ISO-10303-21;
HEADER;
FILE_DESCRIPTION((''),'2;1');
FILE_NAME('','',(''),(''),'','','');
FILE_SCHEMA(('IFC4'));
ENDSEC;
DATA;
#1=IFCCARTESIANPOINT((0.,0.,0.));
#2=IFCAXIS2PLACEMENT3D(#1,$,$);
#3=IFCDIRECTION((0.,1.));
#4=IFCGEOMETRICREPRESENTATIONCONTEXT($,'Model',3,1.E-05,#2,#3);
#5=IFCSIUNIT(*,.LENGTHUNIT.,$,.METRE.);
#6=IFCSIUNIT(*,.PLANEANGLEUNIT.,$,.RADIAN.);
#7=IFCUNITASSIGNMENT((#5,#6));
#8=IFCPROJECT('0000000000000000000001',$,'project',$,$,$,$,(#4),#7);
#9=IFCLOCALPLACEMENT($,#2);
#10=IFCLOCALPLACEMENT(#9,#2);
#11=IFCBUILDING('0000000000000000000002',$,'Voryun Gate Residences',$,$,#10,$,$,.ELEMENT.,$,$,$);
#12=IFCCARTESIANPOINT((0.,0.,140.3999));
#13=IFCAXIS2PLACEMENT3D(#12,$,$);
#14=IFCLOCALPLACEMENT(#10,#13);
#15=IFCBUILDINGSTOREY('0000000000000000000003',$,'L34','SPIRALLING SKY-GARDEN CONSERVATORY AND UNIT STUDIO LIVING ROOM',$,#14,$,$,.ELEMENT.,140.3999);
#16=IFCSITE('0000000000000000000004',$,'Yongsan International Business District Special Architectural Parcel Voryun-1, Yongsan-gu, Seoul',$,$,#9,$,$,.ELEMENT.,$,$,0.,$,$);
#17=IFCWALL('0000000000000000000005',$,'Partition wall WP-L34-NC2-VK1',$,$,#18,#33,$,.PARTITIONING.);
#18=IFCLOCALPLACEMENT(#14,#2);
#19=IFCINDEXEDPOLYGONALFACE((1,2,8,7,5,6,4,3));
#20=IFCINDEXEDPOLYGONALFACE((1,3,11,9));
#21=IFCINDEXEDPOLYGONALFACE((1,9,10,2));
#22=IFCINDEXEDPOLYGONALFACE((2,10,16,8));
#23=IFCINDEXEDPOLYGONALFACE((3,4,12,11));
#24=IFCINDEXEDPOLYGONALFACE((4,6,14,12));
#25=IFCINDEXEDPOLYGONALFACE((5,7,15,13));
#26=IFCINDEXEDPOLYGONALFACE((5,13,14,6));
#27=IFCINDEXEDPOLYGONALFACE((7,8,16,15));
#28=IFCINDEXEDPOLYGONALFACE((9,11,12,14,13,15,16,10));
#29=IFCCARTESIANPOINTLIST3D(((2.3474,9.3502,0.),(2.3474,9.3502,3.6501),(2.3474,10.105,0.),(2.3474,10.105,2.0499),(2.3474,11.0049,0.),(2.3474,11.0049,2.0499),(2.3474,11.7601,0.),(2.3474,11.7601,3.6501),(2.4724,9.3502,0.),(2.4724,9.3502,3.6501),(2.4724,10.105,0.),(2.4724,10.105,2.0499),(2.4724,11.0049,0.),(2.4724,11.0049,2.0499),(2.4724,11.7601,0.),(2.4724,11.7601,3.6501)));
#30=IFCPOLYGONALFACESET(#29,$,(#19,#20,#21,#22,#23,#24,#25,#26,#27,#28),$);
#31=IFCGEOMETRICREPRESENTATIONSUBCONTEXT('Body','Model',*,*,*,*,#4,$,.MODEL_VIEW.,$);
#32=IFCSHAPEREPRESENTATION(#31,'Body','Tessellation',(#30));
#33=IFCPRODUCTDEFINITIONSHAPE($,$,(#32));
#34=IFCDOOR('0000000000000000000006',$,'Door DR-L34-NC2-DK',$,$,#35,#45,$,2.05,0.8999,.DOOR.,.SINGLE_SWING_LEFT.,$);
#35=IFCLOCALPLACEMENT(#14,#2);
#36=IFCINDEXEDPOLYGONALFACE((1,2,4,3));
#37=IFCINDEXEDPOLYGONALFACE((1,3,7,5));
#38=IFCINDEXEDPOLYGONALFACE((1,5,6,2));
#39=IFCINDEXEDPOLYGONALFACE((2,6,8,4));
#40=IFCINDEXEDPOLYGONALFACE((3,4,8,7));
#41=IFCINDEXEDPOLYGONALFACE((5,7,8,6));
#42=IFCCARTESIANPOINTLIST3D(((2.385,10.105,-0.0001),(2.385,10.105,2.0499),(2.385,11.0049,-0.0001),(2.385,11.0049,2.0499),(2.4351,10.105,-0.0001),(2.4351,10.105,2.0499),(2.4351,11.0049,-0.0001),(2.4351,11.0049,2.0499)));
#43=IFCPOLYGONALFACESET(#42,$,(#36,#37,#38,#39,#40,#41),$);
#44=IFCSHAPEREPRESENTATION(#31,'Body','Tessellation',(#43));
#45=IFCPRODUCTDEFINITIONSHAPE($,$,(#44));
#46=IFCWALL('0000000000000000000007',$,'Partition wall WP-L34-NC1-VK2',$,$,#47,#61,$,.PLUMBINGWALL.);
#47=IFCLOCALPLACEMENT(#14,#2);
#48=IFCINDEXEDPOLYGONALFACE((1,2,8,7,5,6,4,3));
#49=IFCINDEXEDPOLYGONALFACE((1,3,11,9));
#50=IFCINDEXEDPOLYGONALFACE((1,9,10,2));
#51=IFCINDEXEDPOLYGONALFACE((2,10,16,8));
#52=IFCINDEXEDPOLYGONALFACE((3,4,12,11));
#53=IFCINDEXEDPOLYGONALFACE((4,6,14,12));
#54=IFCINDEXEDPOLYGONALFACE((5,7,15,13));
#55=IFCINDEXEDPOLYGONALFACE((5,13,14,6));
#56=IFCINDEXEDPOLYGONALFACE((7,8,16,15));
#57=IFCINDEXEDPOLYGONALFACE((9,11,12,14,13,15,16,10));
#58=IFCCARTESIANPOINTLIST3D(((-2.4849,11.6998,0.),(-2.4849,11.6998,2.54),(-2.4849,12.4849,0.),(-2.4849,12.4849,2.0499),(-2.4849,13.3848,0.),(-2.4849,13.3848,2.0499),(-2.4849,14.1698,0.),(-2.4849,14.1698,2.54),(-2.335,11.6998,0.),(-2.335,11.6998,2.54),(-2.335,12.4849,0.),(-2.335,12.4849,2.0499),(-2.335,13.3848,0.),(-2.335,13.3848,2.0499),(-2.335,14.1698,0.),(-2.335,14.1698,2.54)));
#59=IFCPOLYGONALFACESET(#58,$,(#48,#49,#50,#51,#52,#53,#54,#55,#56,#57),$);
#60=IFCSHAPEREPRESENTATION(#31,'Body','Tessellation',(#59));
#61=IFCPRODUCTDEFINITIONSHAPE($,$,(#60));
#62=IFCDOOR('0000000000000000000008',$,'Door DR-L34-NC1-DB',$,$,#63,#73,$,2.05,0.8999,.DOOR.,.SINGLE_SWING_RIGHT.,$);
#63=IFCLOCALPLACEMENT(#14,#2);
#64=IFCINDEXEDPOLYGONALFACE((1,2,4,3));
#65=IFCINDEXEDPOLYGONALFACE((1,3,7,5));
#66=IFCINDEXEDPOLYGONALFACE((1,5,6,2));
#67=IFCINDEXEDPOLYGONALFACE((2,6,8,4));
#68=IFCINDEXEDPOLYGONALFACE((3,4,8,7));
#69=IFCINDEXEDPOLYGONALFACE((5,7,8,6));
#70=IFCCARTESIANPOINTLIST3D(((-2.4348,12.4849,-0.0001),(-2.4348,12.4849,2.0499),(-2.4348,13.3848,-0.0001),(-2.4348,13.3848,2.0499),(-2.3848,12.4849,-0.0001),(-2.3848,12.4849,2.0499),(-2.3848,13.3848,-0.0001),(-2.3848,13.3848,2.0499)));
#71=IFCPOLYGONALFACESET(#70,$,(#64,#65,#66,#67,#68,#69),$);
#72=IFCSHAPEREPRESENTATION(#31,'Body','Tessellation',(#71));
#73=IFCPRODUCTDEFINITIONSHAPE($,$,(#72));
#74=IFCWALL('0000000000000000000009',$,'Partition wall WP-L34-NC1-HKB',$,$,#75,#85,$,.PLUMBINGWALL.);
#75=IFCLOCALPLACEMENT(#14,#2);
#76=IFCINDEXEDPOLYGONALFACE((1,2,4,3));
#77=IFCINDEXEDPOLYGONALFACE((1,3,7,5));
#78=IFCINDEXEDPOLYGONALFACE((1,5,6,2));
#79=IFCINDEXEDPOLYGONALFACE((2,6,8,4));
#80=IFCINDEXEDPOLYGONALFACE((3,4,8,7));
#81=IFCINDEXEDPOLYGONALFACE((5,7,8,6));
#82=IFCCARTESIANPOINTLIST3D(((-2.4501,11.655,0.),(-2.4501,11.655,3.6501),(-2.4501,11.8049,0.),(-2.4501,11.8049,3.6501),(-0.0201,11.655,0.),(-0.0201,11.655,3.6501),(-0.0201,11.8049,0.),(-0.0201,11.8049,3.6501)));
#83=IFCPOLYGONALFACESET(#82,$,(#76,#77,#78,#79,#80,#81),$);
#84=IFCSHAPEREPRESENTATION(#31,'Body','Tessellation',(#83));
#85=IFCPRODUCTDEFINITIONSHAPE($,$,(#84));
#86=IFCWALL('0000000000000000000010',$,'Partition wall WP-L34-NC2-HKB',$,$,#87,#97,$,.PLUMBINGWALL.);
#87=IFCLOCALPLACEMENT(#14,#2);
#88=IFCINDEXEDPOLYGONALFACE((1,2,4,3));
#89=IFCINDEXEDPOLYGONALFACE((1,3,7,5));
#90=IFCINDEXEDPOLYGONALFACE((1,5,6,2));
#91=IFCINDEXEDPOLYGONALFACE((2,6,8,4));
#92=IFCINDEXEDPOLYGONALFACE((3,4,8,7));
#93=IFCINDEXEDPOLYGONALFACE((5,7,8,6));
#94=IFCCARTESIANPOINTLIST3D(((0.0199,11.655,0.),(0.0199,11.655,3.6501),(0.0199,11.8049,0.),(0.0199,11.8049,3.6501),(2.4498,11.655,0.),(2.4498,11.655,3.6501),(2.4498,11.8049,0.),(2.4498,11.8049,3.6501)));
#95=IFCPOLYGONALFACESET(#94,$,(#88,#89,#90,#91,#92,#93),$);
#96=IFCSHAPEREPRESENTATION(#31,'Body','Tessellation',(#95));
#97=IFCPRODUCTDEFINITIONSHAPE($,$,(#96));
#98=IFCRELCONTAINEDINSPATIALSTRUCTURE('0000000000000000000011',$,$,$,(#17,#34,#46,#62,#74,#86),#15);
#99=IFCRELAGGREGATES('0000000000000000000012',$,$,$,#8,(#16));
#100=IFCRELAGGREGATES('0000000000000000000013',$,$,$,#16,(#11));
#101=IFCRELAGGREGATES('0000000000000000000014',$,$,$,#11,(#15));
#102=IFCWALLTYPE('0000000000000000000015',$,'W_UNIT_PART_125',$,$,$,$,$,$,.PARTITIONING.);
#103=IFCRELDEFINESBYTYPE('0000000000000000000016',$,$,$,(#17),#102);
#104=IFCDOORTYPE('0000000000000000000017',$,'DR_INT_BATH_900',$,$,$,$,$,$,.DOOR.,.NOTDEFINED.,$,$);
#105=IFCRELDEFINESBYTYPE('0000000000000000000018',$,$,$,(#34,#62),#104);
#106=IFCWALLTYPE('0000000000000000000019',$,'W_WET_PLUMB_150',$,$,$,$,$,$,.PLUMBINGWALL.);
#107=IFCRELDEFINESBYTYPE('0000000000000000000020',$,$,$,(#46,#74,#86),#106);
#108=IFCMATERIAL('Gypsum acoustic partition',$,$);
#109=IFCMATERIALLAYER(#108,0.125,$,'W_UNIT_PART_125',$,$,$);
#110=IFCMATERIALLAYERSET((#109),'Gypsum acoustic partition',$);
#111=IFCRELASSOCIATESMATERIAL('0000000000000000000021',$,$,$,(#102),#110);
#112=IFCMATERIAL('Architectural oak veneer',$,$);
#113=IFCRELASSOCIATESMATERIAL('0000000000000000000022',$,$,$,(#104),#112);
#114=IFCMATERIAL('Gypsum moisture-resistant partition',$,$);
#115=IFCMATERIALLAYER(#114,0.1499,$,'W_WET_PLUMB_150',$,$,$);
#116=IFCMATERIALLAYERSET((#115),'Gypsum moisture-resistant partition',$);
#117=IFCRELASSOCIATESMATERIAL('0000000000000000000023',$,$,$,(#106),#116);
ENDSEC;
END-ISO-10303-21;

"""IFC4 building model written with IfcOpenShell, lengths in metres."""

from ifc_helpers import new_model, si_unit, direction, frame, frame_2d, origin, place, context, subcontext, project, spatial, rectangle, extrude, material, layer, layer_set, type_object, element, fill, save


model = new_model("IFC4")

# Units and contexts
model_context = context("Model", 3, precision=1e-05, world=origin(), true_north=direction((0.0, 1.0)))
body_context = subcontext(model_context, "Body", "Model", "MODEL_VIEW")
ifc_project = project(units=[si_unit("LENGTHUNIT", "METRE"), si_unit("PLANEANGLEUNIT", "RADIAN")], contexts=[model_context])

# Site, building, storey
site_placement = place(None, origin())
site = spatial("IfcSite", under=ifc_project, at=site_placement, Name="Yongsan International Business District Special Architectural Parcel Voryun-1, Yongsan-gu, Seoul", CompositionType="ELEMENT", RefElevation=0.0)
building_placement = place(site_placement, origin())
building = spatial("IfcBuilding", under=site, at=building_placement, Name="Voryun Gate Residences", CompositionType="ELEMENT")
storey_placement = place(building_placement, frame((0.0, 0.0, 140.3999)))
storey = spatial("IfcBuildingStorey", under=building, at=storey_placement, Name="L34", Description="SPIRALLING SKY-GARDEN CONSERVATORY AND UNIT STUDIO LIVING ROOM", CompositionType="ELEMENT", Elevation=140.3999)

# Shared definitions
ifc_material_1 = material(Name="Gypsum acoustic partition")
ifc_layer_1 = layer(ifc_material_1, 0.125, Name="W_UNIT_PART_125")
ifc_layer_set_1 = layer_set([ifc_layer_1], Name="Gypsum acoustic partition")
wall_type_1 = type_object("IfcWallType", Name="W_UNIT_PART_125", PredefinedType="PARTITIONING", material=ifc_layer_set_1)
ifc_material_2 = material(Name="Architectural oak veneer")
door_type = type_object("IfcDoorType", Name="DR_INT_BATH_900", OperationType="NOTDEFINED", PredefinedType="DOOR", material=ifc_material_2)

# Walls, openings, doors
wall_1_placement = place(storey_placement, frame((2.4099, 9.3501, 0.0), z_axis=(0.0, 0.0, 1.0), x_axis=(0.0, 1.0, 0.0)))
wall_1 = element("IfcWall", 1, at=wall_1_placement, inside=storey, type_object=wall_type_1, Name="Partition wall WP-L34-NC2-VK1", PredefinedType="PARTITIONING", context=body_context, shape_type="SweptSolid", body=[
    extrude(rectangle(XDim=2.4099, YDim=0.125, at=frame_2d((1.2051, 0.0))), origin(), (0.0, 0.0, 1.0), 3.6501),
])
opening_1_placement = place(wall_1_placement, frame((0.7549, 0.0, 0.0)))
opening_1 = element("IfcOpeningElement", 2, at=opening_1_placement, cuts=wall_1, PredefinedType="OPENING", context=body_context, shape_type="SweptSolid", body=[
    extrude(rectangle(XDim=0.8999, YDim=2.05, at=frame_2d((0.45, 1.0249))), frame((0.0, 0.0725, 0.0), z_axis=(0.0, -1.0, 0.0), x_axis=(1.0, 0.0, 0.0)), (0.0, 0.0, 1.0), 0.145),
])
door_1_placement = place(opening_1_placement, origin())
door_1 = element("IfcDoor", 3, at=door_1_placement, inside=storey, type_object=door_type, Name="Door DR-L34-NC2-DK", OperationType="SINGLE_SWING_LEFT", OverallHeight=2.05, OverallWidth=0.8999, PredefinedType="DOOR", context=body_context, shape_type="SweptSolid", body=[
    extrude(rectangle(XDim=0.8999, YDim=2.05, at=frame_2d((0.45, 1.0249))), frame((0.0, 0.0249, 0.0), z_axis=(0.0, -1.0, 0.0), x_axis=(1.0, 0.0, 0.0)), (0.0, 0.0, 1.0), 0.05),
])
fill(opening_1, door_1)
ifc_material_3 = material(Name="Gypsum moisture-resistant partition")
ifc_layer_2 = layer(ifc_material_3, 0.1499, Name="W_WET_PLUMB_150")
ifc_layer_set_2 = layer_set([ifc_layer_2], Name="Gypsum moisture-resistant partition")
wall_type_2 = type_object("IfcWallType", Name="W_WET_PLUMB_150", PredefinedType="PLUMBINGWALL", material=ifc_layer_set_2)
wall_2_placement = place(storey_placement, frame((-2.4099, 11.7, 0.0), z_axis=(0.0, 0.0, 1.0), x_axis=(0.0, 1.0, 0.0)))
wall_2 = element("IfcWall", 4, at=wall_2_placement, inside=storey, type_object=wall_type_2, Name="Partition wall WP-L34-NC1-VK2", PredefinedType="PLUMBINGWALL", context=body_context, shape_type="SweptSolid", body=[
    extrude(rectangle(XDim=2.47, YDim=0.1499, at=frame_2d((1.2349, 0.0))), origin(), (0.0, 0.0, 1.0), 2.54),
])
opening_2_placement = place(wall_2_placement, frame((0.7849, 0.0, 0.0)))
opening_2 = element("IfcOpeningElement", 5, at=opening_2_placement, cuts=wall_2, PredefinedType="OPENING", context=body_context, shape_type="SweptSolid", body=[
    extrude(rectangle(XDim=0.8999, YDim=2.05, at=frame_2d((0.45, 1.0249))), frame((0.0, 0.085, 0.0), z_axis=(0.0, -1.0, 0.0), x_axis=(1.0, 0.0, 0.0)), (0.0, 0.0, 1.0), 0.1699),
])
door_2_placement = place(opening_2_placement, origin())
door_2 = element("IfcDoor", 6, at=door_2_placement, inside=storey, type_object=door_type, Name="Door DR-L34-NC1-DB", OperationType="SINGLE_SWING_RIGHT", OverallHeight=2.05, OverallWidth=0.8999, PredefinedType="DOOR", context=body_context, shape_type="SweptSolid", body=[
    extrude(rectangle(XDim=0.8999, YDim=2.05, at=frame_2d((0.45, 1.0249))), frame((0.0, 0.0249, 0.0), z_axis=(0.0, -1.0, 0.0), x_axis=(1.0, 0.0, 0.0)), (0.0, 0.0, 1.0), 0.05),
])
fill(opening_2, door_2)

# Walls
for number, where, z_axis, x_axis, name in (
    (7, (-2.45, 11.73, 0.0), (0.0, 0.0, 1.0), (1.0, 0.0, 0.0), "Partition wall WP-L34-NC1-HKB"),
    (8, (0.02, 11.73, 0.0), (0.0, 0.0, 1.0), (1.0, 0.0, 0.0), "Partition wall WP-L34-NC2-HKB"),
):
    element("IfcWall", number, at=place(storey_placement, frame(where, z_axis=z_axis, x_axis=x_axis)), inside=storey, type_object=wall_type_2, Name=name, PredefinedType="PLUMBINGWALL", context=body_context, shape_type="SweptSolid", body=[
        extrude(rectangle(XDim=2.4299, YDim=0.1499, at=frame_2d((1.2148, 0.0))), origin(), (0.0, 0.0, 1.0), 3.6501),
    ])

save(model, "model.ifc")
